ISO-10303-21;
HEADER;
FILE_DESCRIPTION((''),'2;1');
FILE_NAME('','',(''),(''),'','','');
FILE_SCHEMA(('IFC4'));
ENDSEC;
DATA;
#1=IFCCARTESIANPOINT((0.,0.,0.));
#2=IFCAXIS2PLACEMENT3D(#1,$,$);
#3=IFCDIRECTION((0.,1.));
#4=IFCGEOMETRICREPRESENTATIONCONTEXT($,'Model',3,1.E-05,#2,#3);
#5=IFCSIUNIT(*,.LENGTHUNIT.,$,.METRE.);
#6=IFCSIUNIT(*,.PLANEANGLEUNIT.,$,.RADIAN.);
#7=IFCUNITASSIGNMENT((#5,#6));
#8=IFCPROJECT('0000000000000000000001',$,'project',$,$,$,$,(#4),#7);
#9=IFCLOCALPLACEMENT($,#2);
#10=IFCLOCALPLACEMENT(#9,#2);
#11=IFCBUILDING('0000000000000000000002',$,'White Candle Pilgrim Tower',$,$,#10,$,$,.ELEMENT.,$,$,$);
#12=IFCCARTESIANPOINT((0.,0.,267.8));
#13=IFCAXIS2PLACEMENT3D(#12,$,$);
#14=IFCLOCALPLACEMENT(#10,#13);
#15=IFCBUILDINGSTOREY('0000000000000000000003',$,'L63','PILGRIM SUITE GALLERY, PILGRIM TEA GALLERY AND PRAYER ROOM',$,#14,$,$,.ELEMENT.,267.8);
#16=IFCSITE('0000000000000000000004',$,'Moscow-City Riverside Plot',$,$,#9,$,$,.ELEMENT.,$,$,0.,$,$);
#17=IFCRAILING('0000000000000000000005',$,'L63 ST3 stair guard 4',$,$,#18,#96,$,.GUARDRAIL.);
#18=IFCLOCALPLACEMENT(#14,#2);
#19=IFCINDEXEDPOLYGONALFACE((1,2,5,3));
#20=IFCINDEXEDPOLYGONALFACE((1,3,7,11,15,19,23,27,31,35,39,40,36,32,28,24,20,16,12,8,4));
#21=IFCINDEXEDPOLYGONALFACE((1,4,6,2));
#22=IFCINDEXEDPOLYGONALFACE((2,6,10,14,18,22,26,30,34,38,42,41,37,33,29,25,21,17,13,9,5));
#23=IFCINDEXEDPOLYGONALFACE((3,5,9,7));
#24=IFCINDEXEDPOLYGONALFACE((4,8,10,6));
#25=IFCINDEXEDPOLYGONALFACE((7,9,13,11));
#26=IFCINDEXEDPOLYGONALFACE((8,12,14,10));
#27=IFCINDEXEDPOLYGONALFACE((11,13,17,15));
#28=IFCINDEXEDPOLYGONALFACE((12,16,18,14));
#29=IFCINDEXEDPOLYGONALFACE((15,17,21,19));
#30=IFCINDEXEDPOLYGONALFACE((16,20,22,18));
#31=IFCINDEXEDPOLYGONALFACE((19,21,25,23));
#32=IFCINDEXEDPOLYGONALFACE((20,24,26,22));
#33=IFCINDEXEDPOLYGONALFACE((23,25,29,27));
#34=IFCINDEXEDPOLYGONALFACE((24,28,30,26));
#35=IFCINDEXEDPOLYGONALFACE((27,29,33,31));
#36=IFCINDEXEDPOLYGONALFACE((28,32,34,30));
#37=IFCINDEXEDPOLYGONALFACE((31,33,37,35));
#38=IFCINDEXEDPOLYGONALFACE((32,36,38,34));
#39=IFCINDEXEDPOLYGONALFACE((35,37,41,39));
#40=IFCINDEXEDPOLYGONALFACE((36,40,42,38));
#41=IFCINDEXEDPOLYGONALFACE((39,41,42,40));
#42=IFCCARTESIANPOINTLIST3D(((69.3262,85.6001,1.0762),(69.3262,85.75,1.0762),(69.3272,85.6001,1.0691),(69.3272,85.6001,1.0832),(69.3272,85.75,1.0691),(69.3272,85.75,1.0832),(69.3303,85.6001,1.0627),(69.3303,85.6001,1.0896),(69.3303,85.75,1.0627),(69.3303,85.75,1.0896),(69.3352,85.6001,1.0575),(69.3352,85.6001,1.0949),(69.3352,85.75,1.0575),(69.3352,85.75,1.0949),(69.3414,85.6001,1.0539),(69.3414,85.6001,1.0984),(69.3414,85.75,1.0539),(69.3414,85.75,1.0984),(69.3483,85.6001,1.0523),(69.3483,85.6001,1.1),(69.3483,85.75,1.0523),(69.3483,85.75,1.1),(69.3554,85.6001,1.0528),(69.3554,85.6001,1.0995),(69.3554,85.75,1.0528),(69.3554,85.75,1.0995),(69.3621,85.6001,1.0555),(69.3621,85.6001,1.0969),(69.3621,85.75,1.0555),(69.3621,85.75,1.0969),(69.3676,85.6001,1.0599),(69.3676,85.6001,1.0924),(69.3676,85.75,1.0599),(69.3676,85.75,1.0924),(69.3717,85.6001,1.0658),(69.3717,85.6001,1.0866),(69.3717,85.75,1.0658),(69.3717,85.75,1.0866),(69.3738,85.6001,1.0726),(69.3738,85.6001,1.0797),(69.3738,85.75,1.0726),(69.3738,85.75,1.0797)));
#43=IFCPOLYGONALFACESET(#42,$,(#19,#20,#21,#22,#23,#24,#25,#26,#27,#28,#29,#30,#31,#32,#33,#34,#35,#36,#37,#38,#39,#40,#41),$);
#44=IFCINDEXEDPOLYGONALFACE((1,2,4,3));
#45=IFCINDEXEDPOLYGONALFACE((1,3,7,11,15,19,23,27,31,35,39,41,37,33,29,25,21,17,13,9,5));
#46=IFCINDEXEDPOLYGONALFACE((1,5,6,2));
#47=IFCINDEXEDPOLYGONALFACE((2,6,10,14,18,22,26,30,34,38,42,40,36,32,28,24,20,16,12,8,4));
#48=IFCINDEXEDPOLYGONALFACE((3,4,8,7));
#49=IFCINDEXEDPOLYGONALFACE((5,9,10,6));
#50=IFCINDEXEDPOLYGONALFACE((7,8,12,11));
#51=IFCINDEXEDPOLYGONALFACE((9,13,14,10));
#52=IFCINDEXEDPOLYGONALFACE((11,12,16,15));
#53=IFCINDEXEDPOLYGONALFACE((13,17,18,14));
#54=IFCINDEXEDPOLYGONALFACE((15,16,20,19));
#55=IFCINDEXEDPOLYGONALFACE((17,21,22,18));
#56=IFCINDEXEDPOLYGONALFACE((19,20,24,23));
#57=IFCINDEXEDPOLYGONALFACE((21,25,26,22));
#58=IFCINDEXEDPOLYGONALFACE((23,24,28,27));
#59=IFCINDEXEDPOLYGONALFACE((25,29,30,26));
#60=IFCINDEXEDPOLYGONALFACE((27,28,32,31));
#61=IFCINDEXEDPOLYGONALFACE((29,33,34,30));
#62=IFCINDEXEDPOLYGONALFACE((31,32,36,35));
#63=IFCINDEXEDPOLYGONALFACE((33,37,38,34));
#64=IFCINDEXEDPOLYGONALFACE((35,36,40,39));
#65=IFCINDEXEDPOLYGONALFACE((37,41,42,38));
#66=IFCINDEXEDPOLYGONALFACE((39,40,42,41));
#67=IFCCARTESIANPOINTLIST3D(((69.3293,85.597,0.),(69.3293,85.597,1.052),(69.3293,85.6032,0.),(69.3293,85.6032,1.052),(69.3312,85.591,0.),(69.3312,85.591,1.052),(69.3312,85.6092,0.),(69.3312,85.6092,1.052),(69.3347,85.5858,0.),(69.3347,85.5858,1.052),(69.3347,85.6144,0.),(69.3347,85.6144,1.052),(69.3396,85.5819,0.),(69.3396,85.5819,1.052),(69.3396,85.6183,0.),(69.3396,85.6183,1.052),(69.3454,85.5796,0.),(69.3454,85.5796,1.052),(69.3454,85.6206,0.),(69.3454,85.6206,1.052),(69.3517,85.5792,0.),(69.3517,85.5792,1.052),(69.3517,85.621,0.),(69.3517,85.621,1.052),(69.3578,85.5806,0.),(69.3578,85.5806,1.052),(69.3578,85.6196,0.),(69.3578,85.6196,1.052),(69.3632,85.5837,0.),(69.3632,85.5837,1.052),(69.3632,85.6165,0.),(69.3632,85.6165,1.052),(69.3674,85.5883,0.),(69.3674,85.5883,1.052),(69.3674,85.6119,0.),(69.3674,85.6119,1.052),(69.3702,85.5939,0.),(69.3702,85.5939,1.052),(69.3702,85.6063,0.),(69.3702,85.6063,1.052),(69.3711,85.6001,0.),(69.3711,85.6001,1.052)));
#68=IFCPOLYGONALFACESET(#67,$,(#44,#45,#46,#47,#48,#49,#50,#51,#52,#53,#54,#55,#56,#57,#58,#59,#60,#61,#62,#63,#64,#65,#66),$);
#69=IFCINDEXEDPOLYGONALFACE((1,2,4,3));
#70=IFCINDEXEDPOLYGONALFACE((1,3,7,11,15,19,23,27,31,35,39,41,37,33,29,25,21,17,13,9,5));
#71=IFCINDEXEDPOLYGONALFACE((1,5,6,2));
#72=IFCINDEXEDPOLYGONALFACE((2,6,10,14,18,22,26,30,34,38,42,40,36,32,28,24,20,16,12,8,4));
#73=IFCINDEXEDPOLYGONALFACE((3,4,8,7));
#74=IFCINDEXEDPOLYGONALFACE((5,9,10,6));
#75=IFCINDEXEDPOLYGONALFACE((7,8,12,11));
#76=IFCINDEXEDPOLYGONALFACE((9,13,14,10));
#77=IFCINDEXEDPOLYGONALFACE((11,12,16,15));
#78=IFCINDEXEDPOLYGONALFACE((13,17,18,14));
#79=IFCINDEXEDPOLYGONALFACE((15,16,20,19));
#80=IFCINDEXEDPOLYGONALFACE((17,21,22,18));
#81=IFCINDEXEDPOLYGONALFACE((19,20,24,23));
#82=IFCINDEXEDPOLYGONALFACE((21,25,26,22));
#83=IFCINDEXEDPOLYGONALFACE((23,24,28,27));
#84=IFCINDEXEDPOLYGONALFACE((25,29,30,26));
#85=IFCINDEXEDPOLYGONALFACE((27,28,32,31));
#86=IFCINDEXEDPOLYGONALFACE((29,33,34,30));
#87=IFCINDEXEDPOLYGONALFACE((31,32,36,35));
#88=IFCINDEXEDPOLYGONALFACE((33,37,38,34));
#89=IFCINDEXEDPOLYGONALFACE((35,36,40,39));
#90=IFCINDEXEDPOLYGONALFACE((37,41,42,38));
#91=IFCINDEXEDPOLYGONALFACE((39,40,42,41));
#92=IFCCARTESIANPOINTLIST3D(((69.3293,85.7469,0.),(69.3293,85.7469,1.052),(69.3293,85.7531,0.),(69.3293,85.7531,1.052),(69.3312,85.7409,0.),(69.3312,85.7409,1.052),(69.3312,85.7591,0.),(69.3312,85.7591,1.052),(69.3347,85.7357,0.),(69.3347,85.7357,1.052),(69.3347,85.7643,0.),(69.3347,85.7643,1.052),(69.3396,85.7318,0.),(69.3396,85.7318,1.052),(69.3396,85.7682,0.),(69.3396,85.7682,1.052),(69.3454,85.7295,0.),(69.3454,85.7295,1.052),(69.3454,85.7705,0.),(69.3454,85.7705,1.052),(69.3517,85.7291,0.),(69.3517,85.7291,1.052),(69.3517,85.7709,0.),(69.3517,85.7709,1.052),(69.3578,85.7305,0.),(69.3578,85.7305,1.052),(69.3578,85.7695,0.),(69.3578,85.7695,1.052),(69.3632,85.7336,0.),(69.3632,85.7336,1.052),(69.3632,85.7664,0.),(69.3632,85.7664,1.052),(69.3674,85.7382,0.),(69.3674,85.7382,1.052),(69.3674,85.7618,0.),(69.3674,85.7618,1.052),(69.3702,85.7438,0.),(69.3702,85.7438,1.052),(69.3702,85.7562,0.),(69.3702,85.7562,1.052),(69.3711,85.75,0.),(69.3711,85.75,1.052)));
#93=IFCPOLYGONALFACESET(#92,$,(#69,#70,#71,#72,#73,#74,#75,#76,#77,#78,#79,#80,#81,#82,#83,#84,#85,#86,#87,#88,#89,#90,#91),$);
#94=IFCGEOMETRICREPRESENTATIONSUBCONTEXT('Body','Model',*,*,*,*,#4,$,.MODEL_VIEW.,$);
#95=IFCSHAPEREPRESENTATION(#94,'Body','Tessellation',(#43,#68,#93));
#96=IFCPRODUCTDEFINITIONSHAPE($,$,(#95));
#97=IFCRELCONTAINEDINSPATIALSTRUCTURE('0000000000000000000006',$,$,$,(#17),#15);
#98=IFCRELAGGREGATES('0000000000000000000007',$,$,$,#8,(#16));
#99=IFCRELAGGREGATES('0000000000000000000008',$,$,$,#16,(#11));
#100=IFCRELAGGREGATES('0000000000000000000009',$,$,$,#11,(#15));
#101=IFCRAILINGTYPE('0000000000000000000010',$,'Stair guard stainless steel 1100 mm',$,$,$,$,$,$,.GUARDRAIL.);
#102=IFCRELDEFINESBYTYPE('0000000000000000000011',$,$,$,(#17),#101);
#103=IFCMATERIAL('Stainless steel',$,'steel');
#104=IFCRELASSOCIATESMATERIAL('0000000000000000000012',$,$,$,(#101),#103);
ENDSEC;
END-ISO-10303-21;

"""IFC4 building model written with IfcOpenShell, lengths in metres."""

from ifc_helpers import new_model, si_unit, direction, frame, origin, origin_2d, place, context, subcontext, project, spatial, circle, extrude, material, type_object, element, save


model = new_model("IFC4")

# Units and contexts
model_context = context("Model", 3, precision=1e-05, world=origin(), true_north=direction((0.0, 1.0)))
body_context = subcontext(model_context, "Body", "Model", "MODEL_VIEW")
ifc_project = project(units=[si_unit("LENGTHUNIT", "METRE"), si_unit("PLANEANGLEUNIT", "RADIAN")], contexts=[model_context])

# Site, building, storey
site_placement = place(None, origin())
site = spatial("IfcSite", under=ifc_project, at=site_placement, Name="Moscow-City Riverside Plot", CompositionType="ELEMENT", RefElevation=0.0)
building_placement = place(site_placement, origin())
building = spatial("IfcBuilding", under=site, at=building_placement, Name="White Candle Pilgrim Tower", CompositionType="ELEMENT")
storey_placement = place(building_placement, frame((0.0, 0.0, 267.8)))
storey = spatial("IfcBuildingStorey", under=building, at=storey_placement, Name="L63", Description="PILGRIM SUITE GALLERY, PILGRIM TEA GALLERY AND PRAYER ROOM", CompositionType="ELEMENT", Elevation=267.8)

# Railing
ifc_material_1 = material(Name="Stainless steel", Category="steel")
railing_type_1 = type_object("IfcRailingType", Name="Stair guard stainless steel 1100 mm", PredefinedType="GUARDRAIL", material=ifc_material_1)
railing_1_placement = place(storey_placement, frame((69.3501, 85.6001, 0.0)))
element("IfcRailing", 1, at=railing_1_placement, inside=storey, type_object=railing_type_1, Name="L63 ST3 stair guard 4", PredefinedType="GUARDRAIL", context=body_context, shape_type="SweptSolid", body=[
    extrude(circle(Radius=0.0239, at=origin_2d()), frame((0.0, 0.0, 1.0762), z_axis=(0.0, 1.0, 0.0), x_axis=(-1.0, 0.0, 0.0)), (0.0, 0.0, 1.0), 0.1499),
    extrude(circle(Radius=0.021, at=origin_2d()), origin(), (0.0, 0.0, 1.0), 1.052),
    extrude(circle(Radius=0.021, at=origin_2d()), frame((0.0, 0.1499, 0.0)), (0.0, 0.0, 1.0), 1.052),
])

save(model, "model.ifc")
